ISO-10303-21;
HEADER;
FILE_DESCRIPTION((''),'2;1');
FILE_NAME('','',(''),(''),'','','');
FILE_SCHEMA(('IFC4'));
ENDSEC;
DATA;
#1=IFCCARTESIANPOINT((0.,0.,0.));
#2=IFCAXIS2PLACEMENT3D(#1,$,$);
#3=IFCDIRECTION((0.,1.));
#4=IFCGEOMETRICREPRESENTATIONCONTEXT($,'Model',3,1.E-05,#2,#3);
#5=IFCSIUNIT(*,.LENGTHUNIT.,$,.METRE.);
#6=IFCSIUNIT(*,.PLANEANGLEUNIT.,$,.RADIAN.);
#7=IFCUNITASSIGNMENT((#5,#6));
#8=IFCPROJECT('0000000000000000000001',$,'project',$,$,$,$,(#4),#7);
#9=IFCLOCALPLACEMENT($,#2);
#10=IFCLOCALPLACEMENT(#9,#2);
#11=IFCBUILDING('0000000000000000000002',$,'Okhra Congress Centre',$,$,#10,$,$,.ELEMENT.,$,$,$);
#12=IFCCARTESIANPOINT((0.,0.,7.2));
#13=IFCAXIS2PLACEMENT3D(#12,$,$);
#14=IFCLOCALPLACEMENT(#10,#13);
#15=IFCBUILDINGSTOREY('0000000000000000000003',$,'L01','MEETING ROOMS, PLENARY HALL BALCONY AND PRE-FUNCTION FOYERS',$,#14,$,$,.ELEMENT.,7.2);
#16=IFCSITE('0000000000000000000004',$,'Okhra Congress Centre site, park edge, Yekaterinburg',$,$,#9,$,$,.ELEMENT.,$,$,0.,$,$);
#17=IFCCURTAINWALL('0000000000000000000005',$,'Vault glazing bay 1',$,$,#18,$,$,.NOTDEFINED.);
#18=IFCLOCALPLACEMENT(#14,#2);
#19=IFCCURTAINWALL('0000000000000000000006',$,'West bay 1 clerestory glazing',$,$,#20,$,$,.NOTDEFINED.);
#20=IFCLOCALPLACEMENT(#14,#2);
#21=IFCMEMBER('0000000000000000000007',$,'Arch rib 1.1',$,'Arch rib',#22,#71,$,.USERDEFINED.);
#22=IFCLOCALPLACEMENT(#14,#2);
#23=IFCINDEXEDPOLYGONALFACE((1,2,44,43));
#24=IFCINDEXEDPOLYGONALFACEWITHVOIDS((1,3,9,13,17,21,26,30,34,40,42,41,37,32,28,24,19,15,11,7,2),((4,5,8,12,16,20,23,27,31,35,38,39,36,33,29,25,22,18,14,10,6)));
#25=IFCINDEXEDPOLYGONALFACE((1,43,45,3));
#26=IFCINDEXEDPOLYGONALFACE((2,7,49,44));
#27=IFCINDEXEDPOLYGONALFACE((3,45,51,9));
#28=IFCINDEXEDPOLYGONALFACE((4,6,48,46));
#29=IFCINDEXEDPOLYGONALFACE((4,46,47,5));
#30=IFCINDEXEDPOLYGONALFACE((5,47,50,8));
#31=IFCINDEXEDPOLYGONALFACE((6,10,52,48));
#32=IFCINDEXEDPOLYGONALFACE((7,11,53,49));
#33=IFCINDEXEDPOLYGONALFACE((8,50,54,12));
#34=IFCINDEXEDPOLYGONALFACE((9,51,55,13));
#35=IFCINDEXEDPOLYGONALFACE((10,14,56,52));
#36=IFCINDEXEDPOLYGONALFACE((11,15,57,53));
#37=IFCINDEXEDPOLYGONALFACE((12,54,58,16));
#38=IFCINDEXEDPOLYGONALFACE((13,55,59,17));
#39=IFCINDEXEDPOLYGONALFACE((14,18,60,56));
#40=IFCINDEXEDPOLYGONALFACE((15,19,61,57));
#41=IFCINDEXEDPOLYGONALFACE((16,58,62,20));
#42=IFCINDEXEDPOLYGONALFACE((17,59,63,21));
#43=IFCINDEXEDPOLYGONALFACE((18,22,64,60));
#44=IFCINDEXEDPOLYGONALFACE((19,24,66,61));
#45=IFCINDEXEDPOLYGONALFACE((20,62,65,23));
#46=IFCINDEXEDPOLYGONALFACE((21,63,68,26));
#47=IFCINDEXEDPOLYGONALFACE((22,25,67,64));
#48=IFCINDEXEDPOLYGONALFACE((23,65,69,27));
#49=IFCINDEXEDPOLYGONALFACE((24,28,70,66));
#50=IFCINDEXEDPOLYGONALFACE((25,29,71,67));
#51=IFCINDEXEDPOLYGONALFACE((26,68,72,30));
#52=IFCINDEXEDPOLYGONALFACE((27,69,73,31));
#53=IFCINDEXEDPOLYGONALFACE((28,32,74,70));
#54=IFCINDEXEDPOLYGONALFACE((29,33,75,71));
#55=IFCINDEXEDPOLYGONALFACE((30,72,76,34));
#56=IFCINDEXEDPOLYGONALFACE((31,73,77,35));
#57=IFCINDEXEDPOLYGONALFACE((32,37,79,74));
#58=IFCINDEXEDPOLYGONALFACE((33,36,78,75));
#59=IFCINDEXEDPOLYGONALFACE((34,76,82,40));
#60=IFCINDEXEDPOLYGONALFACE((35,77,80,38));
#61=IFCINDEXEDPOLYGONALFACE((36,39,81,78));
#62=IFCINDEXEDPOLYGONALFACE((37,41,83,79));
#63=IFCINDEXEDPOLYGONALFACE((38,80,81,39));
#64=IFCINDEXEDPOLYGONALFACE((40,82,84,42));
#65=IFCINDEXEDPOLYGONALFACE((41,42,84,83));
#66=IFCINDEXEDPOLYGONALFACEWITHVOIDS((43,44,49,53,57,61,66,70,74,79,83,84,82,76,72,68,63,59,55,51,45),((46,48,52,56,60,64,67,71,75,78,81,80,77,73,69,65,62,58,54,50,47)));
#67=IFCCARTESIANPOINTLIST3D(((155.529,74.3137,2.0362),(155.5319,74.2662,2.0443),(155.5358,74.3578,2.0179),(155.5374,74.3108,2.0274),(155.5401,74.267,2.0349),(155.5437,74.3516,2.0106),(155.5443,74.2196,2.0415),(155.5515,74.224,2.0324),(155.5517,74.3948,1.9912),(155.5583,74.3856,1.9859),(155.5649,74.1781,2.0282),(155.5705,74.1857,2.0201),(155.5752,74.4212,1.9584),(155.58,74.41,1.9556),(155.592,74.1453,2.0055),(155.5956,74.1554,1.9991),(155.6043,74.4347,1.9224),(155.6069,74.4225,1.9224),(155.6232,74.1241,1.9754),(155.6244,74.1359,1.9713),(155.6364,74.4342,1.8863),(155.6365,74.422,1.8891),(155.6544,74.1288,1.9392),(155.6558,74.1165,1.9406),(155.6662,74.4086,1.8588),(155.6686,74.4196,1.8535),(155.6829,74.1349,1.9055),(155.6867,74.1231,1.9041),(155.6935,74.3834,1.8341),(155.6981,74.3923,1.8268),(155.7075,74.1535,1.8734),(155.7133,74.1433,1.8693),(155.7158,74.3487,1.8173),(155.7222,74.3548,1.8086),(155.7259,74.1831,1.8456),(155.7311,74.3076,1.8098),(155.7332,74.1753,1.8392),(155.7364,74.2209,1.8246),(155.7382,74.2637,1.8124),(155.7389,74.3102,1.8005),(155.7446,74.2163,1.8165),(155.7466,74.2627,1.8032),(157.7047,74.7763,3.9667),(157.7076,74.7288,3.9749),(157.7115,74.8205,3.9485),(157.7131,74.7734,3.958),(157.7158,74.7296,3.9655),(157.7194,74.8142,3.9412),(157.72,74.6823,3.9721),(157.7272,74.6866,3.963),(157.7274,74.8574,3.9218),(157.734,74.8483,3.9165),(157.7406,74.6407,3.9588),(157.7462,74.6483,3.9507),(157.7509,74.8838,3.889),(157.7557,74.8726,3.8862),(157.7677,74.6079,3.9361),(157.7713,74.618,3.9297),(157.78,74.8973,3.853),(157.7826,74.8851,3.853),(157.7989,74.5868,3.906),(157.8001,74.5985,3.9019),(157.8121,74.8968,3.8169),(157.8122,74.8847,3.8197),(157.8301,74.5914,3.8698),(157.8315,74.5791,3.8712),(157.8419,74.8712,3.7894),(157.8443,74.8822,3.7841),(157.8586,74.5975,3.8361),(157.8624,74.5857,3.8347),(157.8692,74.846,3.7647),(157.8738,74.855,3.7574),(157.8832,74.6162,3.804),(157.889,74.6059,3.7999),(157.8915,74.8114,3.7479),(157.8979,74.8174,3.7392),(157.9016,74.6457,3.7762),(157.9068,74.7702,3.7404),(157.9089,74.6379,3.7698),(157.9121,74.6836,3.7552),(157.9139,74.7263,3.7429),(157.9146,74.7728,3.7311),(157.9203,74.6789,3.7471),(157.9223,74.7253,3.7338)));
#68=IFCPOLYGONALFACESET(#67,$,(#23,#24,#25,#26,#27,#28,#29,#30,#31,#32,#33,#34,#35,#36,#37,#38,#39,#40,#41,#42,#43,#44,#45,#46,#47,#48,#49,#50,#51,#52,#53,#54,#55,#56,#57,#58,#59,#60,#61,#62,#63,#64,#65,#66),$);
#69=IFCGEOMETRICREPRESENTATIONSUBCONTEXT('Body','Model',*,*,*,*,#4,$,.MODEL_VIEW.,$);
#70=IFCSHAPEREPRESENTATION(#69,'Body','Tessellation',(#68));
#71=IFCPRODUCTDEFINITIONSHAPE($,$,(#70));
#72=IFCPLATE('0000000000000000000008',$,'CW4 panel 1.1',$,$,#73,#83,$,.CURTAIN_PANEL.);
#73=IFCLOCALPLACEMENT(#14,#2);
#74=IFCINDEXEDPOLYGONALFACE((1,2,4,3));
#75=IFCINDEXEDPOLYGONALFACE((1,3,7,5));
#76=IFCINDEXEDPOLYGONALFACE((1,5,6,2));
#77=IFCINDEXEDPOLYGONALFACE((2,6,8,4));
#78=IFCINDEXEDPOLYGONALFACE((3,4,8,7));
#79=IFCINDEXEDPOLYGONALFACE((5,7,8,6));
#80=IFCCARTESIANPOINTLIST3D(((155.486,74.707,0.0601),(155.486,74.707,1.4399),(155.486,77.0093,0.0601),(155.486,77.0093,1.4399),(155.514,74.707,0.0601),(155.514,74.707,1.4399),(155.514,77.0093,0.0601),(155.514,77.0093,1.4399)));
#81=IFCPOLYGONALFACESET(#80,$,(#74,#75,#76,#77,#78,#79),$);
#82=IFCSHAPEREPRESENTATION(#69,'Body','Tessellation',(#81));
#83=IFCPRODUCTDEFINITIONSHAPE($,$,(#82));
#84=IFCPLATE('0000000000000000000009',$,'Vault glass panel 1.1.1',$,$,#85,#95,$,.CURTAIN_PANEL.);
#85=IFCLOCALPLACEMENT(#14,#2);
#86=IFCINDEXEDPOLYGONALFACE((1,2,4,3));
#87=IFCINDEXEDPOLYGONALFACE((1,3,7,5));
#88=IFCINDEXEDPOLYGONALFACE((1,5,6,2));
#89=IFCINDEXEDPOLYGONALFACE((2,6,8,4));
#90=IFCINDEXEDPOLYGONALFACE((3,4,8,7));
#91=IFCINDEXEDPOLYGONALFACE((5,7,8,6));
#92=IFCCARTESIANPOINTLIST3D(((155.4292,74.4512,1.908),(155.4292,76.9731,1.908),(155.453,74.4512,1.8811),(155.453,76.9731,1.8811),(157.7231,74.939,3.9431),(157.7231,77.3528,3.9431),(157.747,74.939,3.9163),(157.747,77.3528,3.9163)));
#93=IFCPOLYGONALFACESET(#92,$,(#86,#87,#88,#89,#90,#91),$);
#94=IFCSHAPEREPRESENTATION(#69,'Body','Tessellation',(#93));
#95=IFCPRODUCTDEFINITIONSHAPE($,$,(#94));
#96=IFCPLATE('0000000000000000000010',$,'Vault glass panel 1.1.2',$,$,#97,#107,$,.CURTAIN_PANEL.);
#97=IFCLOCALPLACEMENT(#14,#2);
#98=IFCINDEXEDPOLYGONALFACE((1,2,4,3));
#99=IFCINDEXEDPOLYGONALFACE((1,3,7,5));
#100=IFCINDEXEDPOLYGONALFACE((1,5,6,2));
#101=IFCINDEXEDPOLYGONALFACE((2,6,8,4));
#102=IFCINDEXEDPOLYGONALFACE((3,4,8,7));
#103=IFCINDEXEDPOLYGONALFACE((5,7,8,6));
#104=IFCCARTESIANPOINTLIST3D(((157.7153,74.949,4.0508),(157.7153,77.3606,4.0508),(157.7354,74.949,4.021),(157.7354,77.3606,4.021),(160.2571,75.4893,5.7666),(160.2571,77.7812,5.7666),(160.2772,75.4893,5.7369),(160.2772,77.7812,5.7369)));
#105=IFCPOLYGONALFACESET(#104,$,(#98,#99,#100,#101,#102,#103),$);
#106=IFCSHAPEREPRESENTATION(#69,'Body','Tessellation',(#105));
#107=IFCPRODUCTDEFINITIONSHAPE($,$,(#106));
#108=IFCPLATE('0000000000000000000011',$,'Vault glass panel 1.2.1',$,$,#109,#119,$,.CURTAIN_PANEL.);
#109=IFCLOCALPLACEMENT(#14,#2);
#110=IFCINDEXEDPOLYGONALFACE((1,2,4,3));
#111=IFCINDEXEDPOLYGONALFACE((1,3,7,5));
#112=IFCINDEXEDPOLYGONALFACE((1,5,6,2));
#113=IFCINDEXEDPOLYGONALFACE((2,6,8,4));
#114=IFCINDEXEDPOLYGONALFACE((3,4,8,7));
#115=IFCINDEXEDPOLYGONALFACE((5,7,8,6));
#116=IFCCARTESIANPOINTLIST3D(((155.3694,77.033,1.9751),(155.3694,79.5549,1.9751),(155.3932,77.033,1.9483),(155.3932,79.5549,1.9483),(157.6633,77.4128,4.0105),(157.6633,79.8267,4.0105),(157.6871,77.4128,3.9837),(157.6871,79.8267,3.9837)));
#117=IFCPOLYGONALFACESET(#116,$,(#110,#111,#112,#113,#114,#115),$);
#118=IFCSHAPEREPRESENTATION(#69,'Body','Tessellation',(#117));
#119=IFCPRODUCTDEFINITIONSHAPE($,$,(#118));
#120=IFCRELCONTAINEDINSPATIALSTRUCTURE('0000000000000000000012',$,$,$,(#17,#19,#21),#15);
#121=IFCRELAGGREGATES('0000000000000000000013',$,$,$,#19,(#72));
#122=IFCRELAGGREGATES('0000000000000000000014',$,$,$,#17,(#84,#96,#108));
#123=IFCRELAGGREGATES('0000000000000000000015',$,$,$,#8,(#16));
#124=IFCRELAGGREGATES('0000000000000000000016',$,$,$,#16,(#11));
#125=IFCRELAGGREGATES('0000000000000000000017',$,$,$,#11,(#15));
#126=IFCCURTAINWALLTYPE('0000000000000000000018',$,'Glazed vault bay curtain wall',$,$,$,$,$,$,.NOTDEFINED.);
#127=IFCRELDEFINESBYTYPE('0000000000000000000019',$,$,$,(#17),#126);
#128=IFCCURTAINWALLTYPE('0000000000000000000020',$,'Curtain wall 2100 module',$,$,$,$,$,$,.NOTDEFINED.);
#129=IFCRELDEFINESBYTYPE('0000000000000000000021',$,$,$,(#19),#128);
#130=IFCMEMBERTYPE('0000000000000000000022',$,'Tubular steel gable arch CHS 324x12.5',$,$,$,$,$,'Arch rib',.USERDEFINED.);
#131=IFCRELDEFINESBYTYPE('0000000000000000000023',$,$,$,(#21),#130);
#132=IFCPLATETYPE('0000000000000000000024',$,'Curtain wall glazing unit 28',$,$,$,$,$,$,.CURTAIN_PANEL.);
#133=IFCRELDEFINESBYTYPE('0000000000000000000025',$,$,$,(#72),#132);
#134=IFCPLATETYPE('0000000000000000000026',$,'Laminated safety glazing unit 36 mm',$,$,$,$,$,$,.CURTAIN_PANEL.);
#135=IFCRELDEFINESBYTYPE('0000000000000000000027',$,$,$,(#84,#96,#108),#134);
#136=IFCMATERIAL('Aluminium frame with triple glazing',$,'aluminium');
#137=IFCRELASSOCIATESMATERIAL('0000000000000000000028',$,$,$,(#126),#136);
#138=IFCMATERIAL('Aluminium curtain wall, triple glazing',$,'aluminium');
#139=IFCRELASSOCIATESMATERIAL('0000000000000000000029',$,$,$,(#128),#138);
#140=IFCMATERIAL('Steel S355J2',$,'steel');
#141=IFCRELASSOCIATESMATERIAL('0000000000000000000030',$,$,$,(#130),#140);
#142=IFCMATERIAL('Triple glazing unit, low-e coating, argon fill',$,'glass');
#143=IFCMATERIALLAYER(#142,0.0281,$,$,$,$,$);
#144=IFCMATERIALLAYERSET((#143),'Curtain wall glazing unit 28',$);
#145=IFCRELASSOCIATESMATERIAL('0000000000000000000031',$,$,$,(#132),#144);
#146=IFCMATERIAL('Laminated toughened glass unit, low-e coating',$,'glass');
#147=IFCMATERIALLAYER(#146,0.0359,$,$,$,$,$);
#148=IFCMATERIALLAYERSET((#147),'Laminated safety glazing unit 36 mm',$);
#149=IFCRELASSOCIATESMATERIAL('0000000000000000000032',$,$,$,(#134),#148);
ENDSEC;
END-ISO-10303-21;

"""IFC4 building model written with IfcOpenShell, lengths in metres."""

from ifc_helpers import new_model, si_unit, direction, frame, origin, origin_2d, place, context, subcontext, project, spatial, polyline, rectangle, hollow_circle, outline, extrude, material, layer, layer_set, material_profile, profile_set, type_object, element, aggregate, save


model = new_model("IFC4")

# Units and contexts
model_context = context("Model", 3, precision=1e-05, world=origin(), true_north=direction((0.0, 1.0)))
body_context = subcontext(model_context, "Body", "Model", "MODEL_VIEW")
ifc_project = project(units=[si_unit("LENGTHUNIT", "METRE"), si_unit("PLANEANGLEUNIT", "RADIAN")], contexts=[model_context])

# Site, building, storey
site_placement = place(None, origin())
site = spatial("IfcSite", under=ifc_project, at=site_placement, Name="Okhra Congress Centre site, park edge, Yekaterinburg", CompositionType="ELEMENT", RefElevation=0.0)
building_placement = place(site_placement, origin())
building = spatial("IfcBuilding", under=site, at=building_placement, Name="Okhra Congress Centre", CompositionType="ELEMENT")
storey_placement = place(building_placement, frame((0.0, 0.0, 7.2)))
storey = spatial("IfcBuildingStorey", under=building, at=storey_placement, Name="L01", Description="MEETING ROOMS, PLENARY HALL BALCONY AND PRE-FUNCTION FOYERS", CompositionType="ELEMENT", Elevation=7.2)

# Curtain walls
ifc_material_1 = material(Name="Aluminium frame with triple glazing", Category="aluminium")
curtain_wall_type_1 = type_object("IfcCurtainWallType", Name="Glazed vault bay curtain wall", PredefinedType="NOTDEFINED", material=ifc_material_1)
curtain_wall_1_placement = place(storey_placement, origin())
curtain_wall_1 = element("IfcCurtainWall", 1, at=curtain_wall_1_placement, inside=storey, type_object=curtain_wall_type_1, Name="Vault glazing bay 1", PredefinedType="NOTDEFINED")
ifc_material_2 = material(Name="Aluminium curtain wall, triple glazing", Category="aluminium")
curtain_wall_type_2 = type_object("IfcCurtainWallType", Name="Curtain wall 2100 module", PredefinedType="NOTDEFINED", material=ifc_material_2)
curtain_wall_2_placement = place(storey_placement, origin())
curtain_wall_2 = element("IfcCurtainWall", 2, at=curtain_wall_2_placement, inside=storey, type_object=curtain_wall_type_2, Name="West bay 1 clerestory glazing", PredefinedType="NOTDEFINED")

# Shared definitions
ifc_material_3 = material(Name="Steel S355J2", Category="steel")

# Member
ifc_material_profile_1 = material_profile(ifc_material_3, hollow_circle(Radius=0.1619, WallThickness=0.0125, at=origin_2d()), Name="CHS 323.9x12.5")
ifc_profile_set_1 = profile_set([ifc_material_profile_1], Name="Steel S355J2")
member_type_1 = type_object("IfcMemberType", Name="Tubular steel gable arch CHS 324x12.5", ElementType="Arch rib", PredefinedType="USERDEFINED", material=ifc_profile_set_1)
member_1_placement = place(storey_placement, frame((155.6379, 74.2764, 1.9224), z_axis=(0.738699, 0.157073, 0.655479), x_axis=(-0.207985, 0.978132, 0.0)))
element("IfcMember", 3, at=member_1_placement, inside=storey, type_object=member_type_1, Name="Arch rib 1.1", ObjectType="Arch rib", PredefinedType="USERDEFINED", context=body_context, shape_type="SweptSolid", body=[
    extrude(hollow_circle(Radius=0.1619, WallThickness=0.0125, at=origin_2d()), origin(), (0.0, 0.0, 1.0), 2.9453),
])

# Plates
ifc_material_4 = material(Name="Triple glazing unit, low-e coating, argon fill", Category="glass")
ifc_layer_1 = layer(ifc_material_4, 0.0281)
ifc_layer_set_1 = layer_set([ifc_layer_1], Name="Curtain wall glazing unit 28")
plate_type_1 = type_object("IfcPlateType", Name="Curtain wall glazing unit 28", PredefinedType="CURTAIN_PANEL", material=ifc_layer_set_1)
plate_1_placement = place(storey_placement, frame((155.5, 75.8582, 0.0601), z_axis=(0.0, 0.0, 1.0), x_axis=(0.0, 1.0, 0.0)))
plate_1 = element("IfcPlate", 4, at=plate_1_placement, type_object=plate_type_1, Name="CW4 panel 1.1", PredefinedType="CURTAIN_PANEL", context=body_context, shape_type="SweptSolid", body=[
    extrude(rectangle(XDim=2.3022, YDim=0.0281, at=origin_2d()), origin(), (0.0, 0.0, 1.0), 1.3799),
])
aggregate(curtain_wall_2, [plate_1])
ifc_material_5 = material(Name="Laminated toughened glass unit, low-e coating", Category="glass")
ifc_layer_2 = layer(ifc_material_5, 0.0359)
ifc_layer_set_2 = layer_set([ifc_layer_2], Name="Laminated safety glazing unit 36 mm")
plate_type_2 = type_object("IfcPlateType", Name="Laminated safety glazing unit 36 mm", PredefinedType="CURTAIN_PANEL", material=ifc_layer_set_2)
plate_2_placement = place(storey_placement, frame((155.4292, 74.4512, 1.908), z_axis=(-0.663652, 0.0, 0.748041), x_axis=(0.738754, 0.157091, 0.655412)))
plate_2 = element("IfcPlate", 5, at=plate_2_placement, type_object=plate_type_2, Name="Vault glass panel 1.1.1", PredefinedType="CURTAIN_PANEL", context=body_context, shape_type="SweptSolid", body=[
    extrude(outline(polyline([(0.0, 0.0), (3.1052, 0.0), (3.4843, 2.3838), (0.3962, 2.4907), (0.0, 0.0)])), origin(), (0.0, 0.0, -1.0), 0.0359),
])
plate_3_placement = place(storey_placement, frame((157.7153, 74.949, 4.0508), z_axis=(-0.559504, 0.0, 0.828827), x_axis=(0.816256, 0.173506, 0.551018)))
plate_3 = element("IfcPlate", 6, at=plate_3_placement, type_object=plate_type_2, Name="Vault glass panel 1.1.2", PredefinedType="CURTAIN_PANEL", context=body_context, shape_type="SweptSolid", body=[
    extrude(outline(polyline([(0.0, 0.0), (3.1139, 0.0), (3.5116, 2.2572), (0.4184, 2.375), (0.0, 0.0)])), origin(), (0.0, 0.0, -1.0), 0.0359),
])
plate_4_placement = place(storey_placement, frame((155.3694, 77.033, 1.9751), z_axis=(-0.663697, 0.0, 0.748002), x_axis=(0.742329, 0.122931, 0.658662)))
plate_4 = element("IfcPlate", 7, at=plate_4_placement, type_object=plate_type_2, Name="Vault glass panel 1.2.1", PredefinedType="CURTAIN_PANEL", context=body_context, shape_type="SweptSolid", body=[
    extrude(outline(polyline([(0.0, 0.0), (3.0902, 0.0), (3.3869, 2.3955), (0.31, 2.5028), (0.0, 0.0)])), origin(), (0.0, 0.0, -1.0), 0.0359),
])
aggregate(curtain_wall_1, [plate_2, plate_3, plate_4])

save(model, "model.ifc")
